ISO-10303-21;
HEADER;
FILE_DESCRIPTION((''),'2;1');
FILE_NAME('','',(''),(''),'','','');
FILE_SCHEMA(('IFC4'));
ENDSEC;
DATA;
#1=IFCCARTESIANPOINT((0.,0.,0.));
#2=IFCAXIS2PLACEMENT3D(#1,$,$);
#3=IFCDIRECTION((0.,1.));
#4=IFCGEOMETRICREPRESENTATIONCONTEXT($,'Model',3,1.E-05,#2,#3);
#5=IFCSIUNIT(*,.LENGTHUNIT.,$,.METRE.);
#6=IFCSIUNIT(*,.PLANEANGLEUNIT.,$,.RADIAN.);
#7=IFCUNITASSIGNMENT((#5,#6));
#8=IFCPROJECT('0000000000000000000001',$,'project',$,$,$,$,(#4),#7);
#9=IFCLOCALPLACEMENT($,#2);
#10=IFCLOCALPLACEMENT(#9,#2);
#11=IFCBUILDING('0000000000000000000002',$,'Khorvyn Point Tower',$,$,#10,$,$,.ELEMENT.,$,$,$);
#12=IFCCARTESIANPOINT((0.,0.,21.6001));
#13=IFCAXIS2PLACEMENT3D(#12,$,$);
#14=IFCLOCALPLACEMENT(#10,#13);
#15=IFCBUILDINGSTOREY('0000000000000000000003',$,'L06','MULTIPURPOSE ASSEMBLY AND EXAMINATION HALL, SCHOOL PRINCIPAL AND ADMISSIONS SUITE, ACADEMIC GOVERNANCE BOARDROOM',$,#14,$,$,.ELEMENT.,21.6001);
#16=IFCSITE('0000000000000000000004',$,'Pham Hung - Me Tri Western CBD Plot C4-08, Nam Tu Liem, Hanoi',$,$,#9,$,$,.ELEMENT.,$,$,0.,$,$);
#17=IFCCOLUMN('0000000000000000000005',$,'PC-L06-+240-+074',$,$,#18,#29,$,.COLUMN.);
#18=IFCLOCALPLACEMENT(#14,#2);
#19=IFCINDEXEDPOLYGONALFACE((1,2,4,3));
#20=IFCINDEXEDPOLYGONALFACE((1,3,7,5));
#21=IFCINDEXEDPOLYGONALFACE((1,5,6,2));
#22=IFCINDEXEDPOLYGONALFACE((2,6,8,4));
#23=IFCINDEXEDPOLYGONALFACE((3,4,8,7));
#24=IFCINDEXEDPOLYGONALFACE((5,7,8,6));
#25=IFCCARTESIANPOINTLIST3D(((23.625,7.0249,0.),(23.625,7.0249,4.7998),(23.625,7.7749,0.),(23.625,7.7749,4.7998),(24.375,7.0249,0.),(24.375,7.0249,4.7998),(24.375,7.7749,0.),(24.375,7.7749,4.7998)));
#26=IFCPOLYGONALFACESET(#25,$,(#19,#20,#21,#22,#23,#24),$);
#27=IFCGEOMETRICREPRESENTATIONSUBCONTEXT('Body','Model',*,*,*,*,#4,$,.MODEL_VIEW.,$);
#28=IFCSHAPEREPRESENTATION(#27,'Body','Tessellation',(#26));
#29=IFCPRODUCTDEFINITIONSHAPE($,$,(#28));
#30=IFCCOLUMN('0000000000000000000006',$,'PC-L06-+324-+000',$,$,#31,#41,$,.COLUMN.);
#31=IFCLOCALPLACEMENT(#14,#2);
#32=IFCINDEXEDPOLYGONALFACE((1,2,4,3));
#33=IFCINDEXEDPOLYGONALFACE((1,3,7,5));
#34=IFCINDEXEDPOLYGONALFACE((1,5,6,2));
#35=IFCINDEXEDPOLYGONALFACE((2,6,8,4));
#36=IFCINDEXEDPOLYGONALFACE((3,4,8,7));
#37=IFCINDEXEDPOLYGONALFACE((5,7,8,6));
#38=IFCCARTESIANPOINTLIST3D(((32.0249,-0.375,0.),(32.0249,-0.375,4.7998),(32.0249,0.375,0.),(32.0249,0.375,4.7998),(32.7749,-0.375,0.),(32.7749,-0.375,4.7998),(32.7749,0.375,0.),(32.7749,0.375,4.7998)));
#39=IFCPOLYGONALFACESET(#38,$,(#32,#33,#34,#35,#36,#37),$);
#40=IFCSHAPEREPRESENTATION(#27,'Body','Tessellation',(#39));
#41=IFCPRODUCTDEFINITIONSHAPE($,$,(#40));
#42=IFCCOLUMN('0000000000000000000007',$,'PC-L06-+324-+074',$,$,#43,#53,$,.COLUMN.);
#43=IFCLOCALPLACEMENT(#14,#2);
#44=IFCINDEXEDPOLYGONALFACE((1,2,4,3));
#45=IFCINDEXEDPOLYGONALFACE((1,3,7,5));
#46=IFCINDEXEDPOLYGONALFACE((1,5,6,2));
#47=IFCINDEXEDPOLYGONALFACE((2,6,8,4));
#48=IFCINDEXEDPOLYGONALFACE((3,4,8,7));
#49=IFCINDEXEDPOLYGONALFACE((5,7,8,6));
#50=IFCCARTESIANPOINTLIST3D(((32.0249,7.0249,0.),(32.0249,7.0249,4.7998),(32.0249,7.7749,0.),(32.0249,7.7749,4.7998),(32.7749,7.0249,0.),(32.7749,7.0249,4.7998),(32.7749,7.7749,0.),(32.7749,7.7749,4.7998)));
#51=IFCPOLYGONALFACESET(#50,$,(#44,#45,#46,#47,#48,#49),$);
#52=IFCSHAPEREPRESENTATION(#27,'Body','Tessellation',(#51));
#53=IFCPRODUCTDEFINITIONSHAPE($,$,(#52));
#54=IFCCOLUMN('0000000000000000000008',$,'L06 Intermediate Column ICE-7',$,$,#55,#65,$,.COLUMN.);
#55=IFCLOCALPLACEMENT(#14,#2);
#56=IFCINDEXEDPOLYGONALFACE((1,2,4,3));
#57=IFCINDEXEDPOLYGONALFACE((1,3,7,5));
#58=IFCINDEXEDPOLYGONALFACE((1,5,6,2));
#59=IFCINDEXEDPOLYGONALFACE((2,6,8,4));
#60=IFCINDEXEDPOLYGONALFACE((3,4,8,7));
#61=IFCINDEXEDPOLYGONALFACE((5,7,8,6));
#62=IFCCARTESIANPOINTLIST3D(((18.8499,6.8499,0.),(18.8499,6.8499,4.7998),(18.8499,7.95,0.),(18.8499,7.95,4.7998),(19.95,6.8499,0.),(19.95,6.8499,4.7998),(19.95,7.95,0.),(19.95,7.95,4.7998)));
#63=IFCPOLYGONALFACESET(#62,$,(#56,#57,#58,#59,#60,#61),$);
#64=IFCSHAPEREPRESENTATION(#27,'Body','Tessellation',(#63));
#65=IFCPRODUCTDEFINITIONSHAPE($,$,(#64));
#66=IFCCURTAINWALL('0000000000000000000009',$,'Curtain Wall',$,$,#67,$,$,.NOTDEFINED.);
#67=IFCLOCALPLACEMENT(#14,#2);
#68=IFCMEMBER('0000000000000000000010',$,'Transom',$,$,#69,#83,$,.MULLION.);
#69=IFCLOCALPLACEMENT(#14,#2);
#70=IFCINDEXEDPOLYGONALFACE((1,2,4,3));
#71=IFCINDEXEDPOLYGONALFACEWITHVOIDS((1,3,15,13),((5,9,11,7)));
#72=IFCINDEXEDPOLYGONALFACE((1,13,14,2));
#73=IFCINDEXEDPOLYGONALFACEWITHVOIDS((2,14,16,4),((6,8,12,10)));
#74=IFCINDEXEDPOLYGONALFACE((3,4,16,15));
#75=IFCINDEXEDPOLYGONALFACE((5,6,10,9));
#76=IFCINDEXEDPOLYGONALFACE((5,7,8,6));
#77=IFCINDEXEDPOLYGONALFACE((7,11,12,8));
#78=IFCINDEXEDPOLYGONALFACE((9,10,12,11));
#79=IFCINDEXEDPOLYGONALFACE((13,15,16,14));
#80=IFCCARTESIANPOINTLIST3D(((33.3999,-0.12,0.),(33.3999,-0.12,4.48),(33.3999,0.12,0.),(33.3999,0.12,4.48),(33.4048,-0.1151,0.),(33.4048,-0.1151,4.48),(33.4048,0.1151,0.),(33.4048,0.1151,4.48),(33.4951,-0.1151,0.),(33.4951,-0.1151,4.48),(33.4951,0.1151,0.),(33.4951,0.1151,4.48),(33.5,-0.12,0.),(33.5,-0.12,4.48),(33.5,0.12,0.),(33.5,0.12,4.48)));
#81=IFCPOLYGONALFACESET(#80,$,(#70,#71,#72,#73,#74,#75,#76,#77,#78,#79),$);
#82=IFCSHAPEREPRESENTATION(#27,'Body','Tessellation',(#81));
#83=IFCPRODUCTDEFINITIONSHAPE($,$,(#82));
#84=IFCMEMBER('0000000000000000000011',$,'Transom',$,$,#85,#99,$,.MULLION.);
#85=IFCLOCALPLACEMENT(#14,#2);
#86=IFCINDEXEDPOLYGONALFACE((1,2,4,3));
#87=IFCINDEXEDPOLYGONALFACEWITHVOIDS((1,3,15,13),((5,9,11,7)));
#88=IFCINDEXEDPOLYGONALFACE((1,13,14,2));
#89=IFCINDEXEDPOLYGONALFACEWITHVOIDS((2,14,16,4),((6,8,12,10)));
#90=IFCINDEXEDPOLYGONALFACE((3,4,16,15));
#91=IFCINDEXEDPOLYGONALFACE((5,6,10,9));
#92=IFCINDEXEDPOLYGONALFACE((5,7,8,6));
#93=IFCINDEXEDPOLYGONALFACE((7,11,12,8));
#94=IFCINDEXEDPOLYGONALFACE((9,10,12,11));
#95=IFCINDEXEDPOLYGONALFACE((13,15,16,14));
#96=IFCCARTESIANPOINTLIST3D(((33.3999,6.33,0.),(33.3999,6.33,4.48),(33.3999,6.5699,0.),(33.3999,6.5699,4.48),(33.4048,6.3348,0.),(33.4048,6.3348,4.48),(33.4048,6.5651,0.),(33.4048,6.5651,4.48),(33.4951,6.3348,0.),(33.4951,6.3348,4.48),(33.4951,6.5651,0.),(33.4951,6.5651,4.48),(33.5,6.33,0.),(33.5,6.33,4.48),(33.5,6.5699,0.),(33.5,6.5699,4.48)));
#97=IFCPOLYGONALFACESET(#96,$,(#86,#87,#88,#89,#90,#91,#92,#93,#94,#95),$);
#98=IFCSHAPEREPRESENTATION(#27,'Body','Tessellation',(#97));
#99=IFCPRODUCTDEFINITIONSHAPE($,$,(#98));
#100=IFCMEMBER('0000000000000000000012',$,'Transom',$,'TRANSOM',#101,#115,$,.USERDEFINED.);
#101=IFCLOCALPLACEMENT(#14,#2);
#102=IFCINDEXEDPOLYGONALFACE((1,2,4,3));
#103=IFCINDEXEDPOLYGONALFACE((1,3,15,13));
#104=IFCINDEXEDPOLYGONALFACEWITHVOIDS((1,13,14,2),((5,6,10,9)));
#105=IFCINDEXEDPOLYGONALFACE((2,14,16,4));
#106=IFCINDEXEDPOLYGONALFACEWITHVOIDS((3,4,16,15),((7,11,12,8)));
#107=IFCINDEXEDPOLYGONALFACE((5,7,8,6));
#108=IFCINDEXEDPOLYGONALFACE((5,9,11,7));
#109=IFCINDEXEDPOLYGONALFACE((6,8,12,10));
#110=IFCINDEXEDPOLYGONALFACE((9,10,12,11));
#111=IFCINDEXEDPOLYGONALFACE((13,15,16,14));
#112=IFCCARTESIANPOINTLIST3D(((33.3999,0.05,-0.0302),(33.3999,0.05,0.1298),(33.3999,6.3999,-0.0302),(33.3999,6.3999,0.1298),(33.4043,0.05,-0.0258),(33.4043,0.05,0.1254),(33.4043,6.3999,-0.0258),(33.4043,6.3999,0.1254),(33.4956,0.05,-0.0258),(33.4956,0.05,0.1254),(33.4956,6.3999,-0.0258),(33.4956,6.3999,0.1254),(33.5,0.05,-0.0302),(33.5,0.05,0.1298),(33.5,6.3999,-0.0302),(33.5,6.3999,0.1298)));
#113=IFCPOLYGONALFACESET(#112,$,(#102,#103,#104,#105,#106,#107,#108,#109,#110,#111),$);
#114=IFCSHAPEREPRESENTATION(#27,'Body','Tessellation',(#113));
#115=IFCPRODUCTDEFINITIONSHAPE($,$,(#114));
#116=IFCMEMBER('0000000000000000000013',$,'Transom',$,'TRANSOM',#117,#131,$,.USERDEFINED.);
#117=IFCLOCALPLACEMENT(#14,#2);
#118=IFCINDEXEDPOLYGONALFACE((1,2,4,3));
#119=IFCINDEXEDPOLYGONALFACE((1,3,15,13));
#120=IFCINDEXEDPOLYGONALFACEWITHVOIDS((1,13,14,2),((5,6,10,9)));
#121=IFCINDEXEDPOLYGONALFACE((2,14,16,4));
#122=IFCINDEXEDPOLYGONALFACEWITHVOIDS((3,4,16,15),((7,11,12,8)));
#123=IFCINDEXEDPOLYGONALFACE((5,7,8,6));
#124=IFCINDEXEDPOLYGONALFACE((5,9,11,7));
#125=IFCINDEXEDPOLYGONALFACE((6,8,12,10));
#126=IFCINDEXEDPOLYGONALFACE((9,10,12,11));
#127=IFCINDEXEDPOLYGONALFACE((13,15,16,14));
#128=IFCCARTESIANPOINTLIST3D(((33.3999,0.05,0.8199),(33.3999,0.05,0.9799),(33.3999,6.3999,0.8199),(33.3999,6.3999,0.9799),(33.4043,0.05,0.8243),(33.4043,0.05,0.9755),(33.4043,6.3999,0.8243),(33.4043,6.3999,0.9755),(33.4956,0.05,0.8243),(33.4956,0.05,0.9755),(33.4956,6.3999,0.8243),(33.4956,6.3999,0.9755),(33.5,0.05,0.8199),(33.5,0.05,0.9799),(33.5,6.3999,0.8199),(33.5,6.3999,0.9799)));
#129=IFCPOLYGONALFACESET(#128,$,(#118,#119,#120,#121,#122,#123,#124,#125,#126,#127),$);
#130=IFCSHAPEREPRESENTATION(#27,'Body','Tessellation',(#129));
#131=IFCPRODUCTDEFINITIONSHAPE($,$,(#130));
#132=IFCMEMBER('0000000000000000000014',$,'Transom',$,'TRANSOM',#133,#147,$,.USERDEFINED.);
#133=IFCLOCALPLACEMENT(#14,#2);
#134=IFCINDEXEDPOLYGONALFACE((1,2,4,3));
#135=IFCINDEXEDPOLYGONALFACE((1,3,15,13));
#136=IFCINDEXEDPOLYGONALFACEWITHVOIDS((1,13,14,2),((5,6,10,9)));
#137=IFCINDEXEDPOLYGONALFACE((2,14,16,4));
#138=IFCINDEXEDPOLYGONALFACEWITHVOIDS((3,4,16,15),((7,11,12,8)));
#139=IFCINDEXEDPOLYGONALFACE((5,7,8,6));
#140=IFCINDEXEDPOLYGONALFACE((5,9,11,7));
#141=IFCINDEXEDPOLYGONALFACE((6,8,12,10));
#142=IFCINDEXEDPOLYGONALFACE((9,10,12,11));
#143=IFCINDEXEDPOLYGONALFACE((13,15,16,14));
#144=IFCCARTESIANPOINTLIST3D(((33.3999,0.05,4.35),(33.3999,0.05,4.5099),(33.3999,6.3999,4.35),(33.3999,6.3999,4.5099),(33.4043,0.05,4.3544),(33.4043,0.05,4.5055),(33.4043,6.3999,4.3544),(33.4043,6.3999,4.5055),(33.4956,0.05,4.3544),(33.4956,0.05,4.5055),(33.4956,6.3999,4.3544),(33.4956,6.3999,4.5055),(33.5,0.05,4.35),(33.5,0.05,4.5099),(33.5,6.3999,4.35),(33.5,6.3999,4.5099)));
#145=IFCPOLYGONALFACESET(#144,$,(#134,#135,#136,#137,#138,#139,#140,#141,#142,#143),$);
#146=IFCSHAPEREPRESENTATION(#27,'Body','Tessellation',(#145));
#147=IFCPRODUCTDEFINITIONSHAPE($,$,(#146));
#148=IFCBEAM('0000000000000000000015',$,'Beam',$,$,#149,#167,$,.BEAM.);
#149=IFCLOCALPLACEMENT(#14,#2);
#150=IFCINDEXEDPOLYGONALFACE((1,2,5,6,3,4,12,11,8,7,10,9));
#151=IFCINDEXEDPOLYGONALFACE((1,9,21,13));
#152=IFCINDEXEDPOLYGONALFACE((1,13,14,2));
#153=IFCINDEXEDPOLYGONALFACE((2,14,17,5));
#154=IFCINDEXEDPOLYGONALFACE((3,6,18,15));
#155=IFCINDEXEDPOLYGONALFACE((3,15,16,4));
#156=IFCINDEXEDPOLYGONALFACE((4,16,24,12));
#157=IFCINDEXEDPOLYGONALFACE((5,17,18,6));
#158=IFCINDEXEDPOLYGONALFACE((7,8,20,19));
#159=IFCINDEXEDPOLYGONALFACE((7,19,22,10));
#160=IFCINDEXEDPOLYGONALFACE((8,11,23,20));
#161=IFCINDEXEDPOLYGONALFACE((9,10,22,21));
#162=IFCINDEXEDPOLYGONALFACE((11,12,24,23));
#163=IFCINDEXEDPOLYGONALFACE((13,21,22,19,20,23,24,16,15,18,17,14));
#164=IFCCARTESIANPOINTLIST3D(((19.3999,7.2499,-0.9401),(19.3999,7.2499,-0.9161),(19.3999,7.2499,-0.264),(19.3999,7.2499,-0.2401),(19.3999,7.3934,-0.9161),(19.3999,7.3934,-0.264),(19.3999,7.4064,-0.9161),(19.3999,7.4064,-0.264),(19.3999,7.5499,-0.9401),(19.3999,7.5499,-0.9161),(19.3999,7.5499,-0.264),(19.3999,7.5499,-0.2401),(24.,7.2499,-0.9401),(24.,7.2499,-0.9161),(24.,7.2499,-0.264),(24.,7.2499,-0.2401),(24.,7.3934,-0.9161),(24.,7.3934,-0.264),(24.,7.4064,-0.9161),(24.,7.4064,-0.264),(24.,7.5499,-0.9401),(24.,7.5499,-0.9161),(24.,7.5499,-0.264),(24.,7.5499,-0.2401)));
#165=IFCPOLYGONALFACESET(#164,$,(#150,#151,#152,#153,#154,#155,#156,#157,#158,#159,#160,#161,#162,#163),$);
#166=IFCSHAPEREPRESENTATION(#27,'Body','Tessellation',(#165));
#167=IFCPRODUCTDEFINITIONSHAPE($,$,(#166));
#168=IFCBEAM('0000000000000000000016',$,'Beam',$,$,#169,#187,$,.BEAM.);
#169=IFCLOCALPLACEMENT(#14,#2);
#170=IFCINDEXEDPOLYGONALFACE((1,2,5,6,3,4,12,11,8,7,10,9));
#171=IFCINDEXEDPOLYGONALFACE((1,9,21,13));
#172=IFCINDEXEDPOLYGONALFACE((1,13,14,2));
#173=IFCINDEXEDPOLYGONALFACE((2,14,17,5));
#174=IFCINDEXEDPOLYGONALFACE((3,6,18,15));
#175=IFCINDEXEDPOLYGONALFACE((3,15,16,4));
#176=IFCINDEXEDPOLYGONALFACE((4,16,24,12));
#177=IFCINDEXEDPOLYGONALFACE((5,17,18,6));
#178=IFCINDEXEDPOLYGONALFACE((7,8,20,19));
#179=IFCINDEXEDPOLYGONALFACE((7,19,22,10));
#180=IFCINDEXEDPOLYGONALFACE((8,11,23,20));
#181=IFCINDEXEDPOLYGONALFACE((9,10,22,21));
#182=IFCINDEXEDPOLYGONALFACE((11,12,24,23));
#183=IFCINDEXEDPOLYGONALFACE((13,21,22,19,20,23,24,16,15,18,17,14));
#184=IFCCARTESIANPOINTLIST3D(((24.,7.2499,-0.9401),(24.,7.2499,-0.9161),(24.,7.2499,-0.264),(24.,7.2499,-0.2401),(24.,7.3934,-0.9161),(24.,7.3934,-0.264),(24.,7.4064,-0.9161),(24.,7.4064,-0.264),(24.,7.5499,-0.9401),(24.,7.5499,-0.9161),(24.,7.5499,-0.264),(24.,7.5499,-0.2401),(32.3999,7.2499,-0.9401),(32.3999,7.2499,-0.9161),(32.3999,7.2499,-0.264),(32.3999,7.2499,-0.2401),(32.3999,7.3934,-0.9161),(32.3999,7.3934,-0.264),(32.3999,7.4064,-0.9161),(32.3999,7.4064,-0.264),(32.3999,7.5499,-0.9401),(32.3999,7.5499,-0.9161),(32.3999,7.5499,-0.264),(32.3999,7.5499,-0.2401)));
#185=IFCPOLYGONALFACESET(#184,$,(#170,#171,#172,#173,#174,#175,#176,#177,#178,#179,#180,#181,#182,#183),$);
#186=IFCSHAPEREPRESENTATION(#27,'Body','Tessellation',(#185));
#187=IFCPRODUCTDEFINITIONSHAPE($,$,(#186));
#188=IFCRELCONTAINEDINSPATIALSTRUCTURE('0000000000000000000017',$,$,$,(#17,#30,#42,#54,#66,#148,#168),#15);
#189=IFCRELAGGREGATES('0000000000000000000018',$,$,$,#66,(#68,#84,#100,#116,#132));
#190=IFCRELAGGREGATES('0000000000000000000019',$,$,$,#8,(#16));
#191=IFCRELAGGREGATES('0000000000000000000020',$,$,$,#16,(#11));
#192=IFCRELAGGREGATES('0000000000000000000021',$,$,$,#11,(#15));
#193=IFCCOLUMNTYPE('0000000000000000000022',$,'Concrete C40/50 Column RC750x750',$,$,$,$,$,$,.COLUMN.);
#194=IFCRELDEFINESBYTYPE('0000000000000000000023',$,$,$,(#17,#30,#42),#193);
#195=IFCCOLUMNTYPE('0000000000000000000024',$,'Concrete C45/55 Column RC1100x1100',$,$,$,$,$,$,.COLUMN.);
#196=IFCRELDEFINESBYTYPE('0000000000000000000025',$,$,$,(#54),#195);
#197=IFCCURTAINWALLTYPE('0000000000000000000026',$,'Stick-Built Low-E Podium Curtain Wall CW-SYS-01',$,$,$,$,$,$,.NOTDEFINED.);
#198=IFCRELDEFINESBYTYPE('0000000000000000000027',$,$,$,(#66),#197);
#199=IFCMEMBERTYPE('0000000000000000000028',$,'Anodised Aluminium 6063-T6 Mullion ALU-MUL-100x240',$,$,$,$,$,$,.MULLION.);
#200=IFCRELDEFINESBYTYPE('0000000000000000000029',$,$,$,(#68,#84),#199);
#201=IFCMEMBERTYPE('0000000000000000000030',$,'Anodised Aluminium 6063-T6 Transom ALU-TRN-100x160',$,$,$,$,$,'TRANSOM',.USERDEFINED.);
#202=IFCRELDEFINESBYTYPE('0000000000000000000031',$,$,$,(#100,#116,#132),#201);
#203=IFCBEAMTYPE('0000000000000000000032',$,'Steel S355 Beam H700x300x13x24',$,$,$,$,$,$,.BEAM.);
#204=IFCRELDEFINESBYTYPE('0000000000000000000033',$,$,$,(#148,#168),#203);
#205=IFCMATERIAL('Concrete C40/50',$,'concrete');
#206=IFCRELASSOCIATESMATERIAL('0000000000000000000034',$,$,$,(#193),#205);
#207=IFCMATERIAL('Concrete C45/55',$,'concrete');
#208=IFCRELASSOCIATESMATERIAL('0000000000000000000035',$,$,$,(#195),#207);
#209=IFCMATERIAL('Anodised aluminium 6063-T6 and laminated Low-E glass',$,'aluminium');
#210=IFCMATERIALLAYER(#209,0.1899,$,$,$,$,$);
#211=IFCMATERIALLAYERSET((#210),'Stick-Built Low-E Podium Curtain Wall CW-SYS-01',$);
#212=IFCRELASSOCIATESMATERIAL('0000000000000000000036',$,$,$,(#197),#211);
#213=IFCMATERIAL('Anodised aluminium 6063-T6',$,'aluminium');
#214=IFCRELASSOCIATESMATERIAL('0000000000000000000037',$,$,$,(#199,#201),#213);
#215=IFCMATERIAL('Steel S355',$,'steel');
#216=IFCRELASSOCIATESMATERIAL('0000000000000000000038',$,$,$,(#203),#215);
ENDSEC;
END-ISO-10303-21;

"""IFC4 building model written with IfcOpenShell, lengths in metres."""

from ifc_helpers import new_model, si_unit, direction, frame, origin, origin_2d, place, context, subcontext, project, spatial, rectangle, hollow_rectangle, i_section, extrude, material, layer, layer_set, material_profile, profile_set, type_object, element, aggregate, save


model = new_model("IFC4")

# Units and contexts
model_context = context("Model", 3, precision=1e-05, world=origin(), true_north=direction((0.0, 1.0)))
body_context = subcontext(model_context, "Body", "Model", "MODEL_VIEW")
ifc_project = project(units=[si_unit("LENGTHUNIT", "METRE"), si_unit("PLANEANGLEUNIT", "RADIAN")], contexts=[model_context])

# Site, building, storey
site_placement = place(None, origin())
site = spatial("IfcSite", under=ifc_project, at=site_placement, Name="Pham Hung - Me Tri Western CBD Plot C4-08, Nam Tu Liem, Hanoi", CompositionType="ELEMENT", RefElevation=0.0)
building_placement = place(site_placement, origin())
building = spatial("IfcBuilding", under=site, at=building_placement, Name="Khorvyn Point Tower", CompositionType="ELEMENT")
storey_placement = place(building_placement, frame((0.0, 0.0, 21.6001)))
storey = spatial("IfcBuildingStorey", under=building, at=storey_placement, Name="L06", Description="MULTIPURPOSE ASSEMBLY AND EXAMINATION HALL, SCHOOL PRINCIPAL AND ADMISSIONS SUITE, ACADEMIC GOVERNANCE BOARDROOM", CompositionType="ELEMENT", Elevation=21.6001)

# Columns
ifc_material_1 = material(Name="Concrete C40/50", Category="concrete")
ifc_material_profile_1 = material_profile(ifc_material_1, rectangle(XDim=0.75, YDim=0.75, at=origin_2d()))
ifc_profile_set_1 = profile_set([ifc_material_profile_1], Name="Concrete C40/50 RC750x750")
column_type_1 = type_object("IfcColumnType", Name="Concrete C40/50 Column RC750x750", PredefinedType="COLUMN", material=ifc_profile_set_1)
for number, where, z_axis, x_axis, name in (
    (1, (24.0, 7.3999, 0.0), (0.0, 0.0, 1.0), (1.0, 0.0, 0.0), "PC-L06-+240-+074"),
    (2, (32.3999, 0.0, 0.0), (0.0, 0.0, 1.0), (1.0, 0.0, 0.0), "PC-L06-+324-+000"),
    (3, (32.3999, 7.3999, 0.0), (0.0, 0.0, 1.0), (1.0, 0.0, 0.0), "PC-L06-+324-+074"),
):
    element("IfcColumn", number, at=place(storey_placement, frame(where, z_axis=z_axis, x_axis=x_axis)), inside=storey, type_object=column_type_1, Name=name, PredefinedType="COLUMN", context=body_context, shape_type="SweptSolid", body=[
        extrude(rectangle(XDim=0.75, YDim=0.75, at=origin_2d()), origin(), (0.0, 0.0, 1.0), 4.7998),
    ])
ifc_material_2 = material(Name="Concrete C45/55", Category="concrete")
ifc_material_profile_2 = material_profile(ifc_material_2, rectangle(XDim=1.1001, YDim=1.1001, at=origin_2d()))
ifc_profile_set_2 = profile_set([ifc_material_profile_2], Name="Concrete C45/55 RC1100x1100")
column_type_2 = type_object("IfcColumnType", Name="Concrete C45/55 Column RC1100x1100", PredefinedType="COLUMN", material=ifc_profile_set_2)
column_placement = place(storey_placement, frame((19.3999, 7.3999, 0.0), z_axis=(0.0, 0.0, 1.0), x_axis=(1.0, 0.0, 0.0)))
element("IfcColumn", 4, at=column_placement, inside=storey, type_object=column_type_2, Name="L06 Intermediate Column ICE-7", PredefinedType="COLUMN", context=body_context, shape_type="SweptSolid", body=[
    extrude(rectangle(XDim=1.1001, YDim=1.1001, at=origin_2d()), origin(), (0.0, 0.0, 1.0), 4.7998),
])

# Curtain wall, members
ifc_material_3 = material(Name="Anodised aluminium 6063-T6 and laminated Low-E glass", Category="aluminium")
ifc_layer_1 = layer(ifc_material_3, 0.1899)
ifc_layer_set_1 = layer_set([ifc_layer_1], Name="Stick-Built Low-E Podium Curtain Wall CW-SYS-01")
curtain_wall_type = type_object("IfcCurtainWallType", Name="Stick-Built Low-E Podium Curtain Wall CW-SYS-01", PredefinedType="NOTDEFINED", material=ifc_layer_set_1)
curtain_wall_placement = place(storey_placement, origin())
curtain_wall = element("IfcCurtainWall", 5, at=curtain_wall_placement, inside=storey, type_object=curtain_wall_type, Name="Curtain Wall", PredefinedType="NOTDEFINED")
ifc_material_4 = material(Name="Anodised aluminium 6063-T6", Category="aluminium")
ifc_material_profile_3 = material_profile(ifc_material_4, hollow_rectangle(XDim=0.1001, YDim=0.24, WallThickness=0.0049, at=origin_2d()))
ifc_profile_set_3 = profile_set([ifc_material_profile_3], Name="Anodised aluminium 6063-T6 ALU-MUL-100x240")
member_type_1 = type_object("IfcMemberType", Name="Anodised Aluminium 6063-T6 Mullion ALU-MUL-100x240", PredefinedType="MULLION", material=ifc_profile_set_3)
member_1_placement = place(storey_placement, frame((33.45, 0.0, 0.0), z_axis=(0.0, 0.0, 1.0), x_axis=(-1.0, 0.0, 0.0)))
member_1 = element("IfcMember", 6, at=member_1_placement, type_object=member_type_1, Name="Transom", PredefinedType="MULLION", context=body_context, shape_type="SweptSolid", body=[
    extrude(hollow_rectangle(XDim=0.1001, YDim=0.24, WallThickness=0.0049, at=origin_2d()), origin(), (0.0, 0.0, 1.0), 4.48),
])
member_2_placement = place(storey_placement, frame((33.45, 6.45, 0.0), z_axis=(0.0, 0.0, 1.0), x_axis=(-1.0, 0.0, 0.0)))
member_2 = element("IfcMember", 7, at=member_2_placement, type_object=member_type_1, Name="Transom", PredefinedType="MULLION", context=body_context, shape_type="SweptSolid", body=[
    extrude(hollow_rectangle(XDim=0.1001, YDim=0.24, WallThickness=0.0049, at=origin_2d()), origin(), (0.0, 0.0, 1.0), 4.48),
])
ifc_material_profile_4 = material_profile(ifc_material_4, hollow_rectangle(XDim=0.1001, YDim=0.1599, WallThickness=0.0044, at=origin_2d()))
ifc_profile_set_4 = profile_set([ifc_material_profile_4], Name="Anodised aluminium 6063-T6 ALU-TRN-100x160")
member_type_2 = type_object("IfcMemberType", Name="Anodised Aluminium 6063-T6 Transom ALU-TRN-100x160", ElementType="TRANSOM", PredefinedType="USERDEFINED", material=ifc_profile_set_4)
member_3_placement = place(storey_placement, frame((33.45, 0.05, 0.0498), z_axis=(0.0, 1.0, 0.0), x_axis=(-1.0, 0.0, 0.0)))
member_3 = element("IfcMember", 8, at=member_3_placement, type_object=member_type_2, Name="Transom", ObjectType="TRANSOM", PredefinedType="USERDEFINED", context=body_context, shape_type="SweptSolid", body=[
    extrude(hollow_rectangle(XDim=0.1001, YDim=0.1599, WallThickness=0.0044, at=origin_2d()), origin(), (0.0, 0.0, 1.0), 6.3499),
])
member_4_placement = place(storey_placement, frame((33.45, 0.05, 0.8999), z_axis=(0.0, 1.0, 0.0), x_axis=(-1.0, 0.0, 0.0)))
member_4 = element("IfcMember", 9, at=member_4_placement, type_object=member_type_2, Name="Transom", ObjectType="TRANSOM", PredefinedType="USERDEFINED", context=body_context, shape_type="SweptSolid", body=[
    extrude(hollow_rectangle(XDim=0.1001, YDim=0.1599, WallThickness=0.0044, at=origin_2d()), origin(), (0.0, 0.0, 1.0), 6.3499),
])
member_5_placement = place(storey_placement, frame((33.45, 0.05, 4.4299), z_axis=(0.0, 1.0, 0.0), x_axis=(-1.0, 0.0, 0.0)))
member_5 = element("IfcMember", 10, at=member_5_placement, type_object=member_type_2, Name="Transom", ObjectType="TRANSOM", PredefinedType="USERDEFINED", context=body_context, shape_type="SweptSolid", body=[
    extrude(hollow_rectangle(XDim=0.1001, YDim=0.1599, WallThickness=0.0044, at=origin_2d()), origin(), (0.0, 0.0, 1.0), 6.3499),
])

# Beams
ifc_material_5 = material(Name="Steel S355", Category="steel")
ifc_material_profile_5 = material_profile(ifc_material_5, i_section(OverallWidth=0.3, OverallDepth=0.7, WebThickness=0.0129, FlangeThickness=0.0239, at=origin_2d()))
ifc_profile_set_5 = profile_set([ifc_material_profile_5], Name="Steel S355 H700x300x13x24")
beam_type_1 = type_object("IfcBeamType", Name="Steel S355 Beam H700x300x13x24", PredefinedType="BEAM", material=ifc_profile_set_5)
beam_1_placement = place(storey_placement, frame((19.3999, 7.3999, -0.5901), z_axis=(1.0, 0.0, 0.0), x_axis=(0.0, 1.0, 0.0)))
element("IfcBeam", 11, at=beam_1_placement, inside=storey, type_object=beam_type_1, Name="Beam", PredefinedType="BEAM", context=body_context, shape_type="SweptSolid", body=[
    extrude(i_section(OverallWidth=0.3, OverallDepth=0.7, WebThickness=0.0129, FlangeThickness=0.0239, at=origin_2d()), origin(), (0.0, 0.0, 1.0), 4.6001),
])
beam_2_placement = place(storey_placement, frame((24.0, 7.3999, -0.5901), z_axis=(1.0, 0.0, 0.0), x_axis=(0.0, 1.0, 0.0)))
element("IfcBeam", 12, at=beam_2_placement, inside=storey, type_object=beam_type_1, Name="Beam", PredefinedType="BEAM", context=body_context, shape_type="SweptSolid", body=[
    extrude(i_section(OverallWidth=0.3, OverallDepth=0.7, WebThickness=0.0129, FlangeThickness=0.0239, at=origin_2d()), origin(), (0.0, 0.0, 1.0), 8.3999),
])

aggregate(curtain_wall, [member_1, member_2, member_3, member_4, member_5])

save(model, "model.ifc")
